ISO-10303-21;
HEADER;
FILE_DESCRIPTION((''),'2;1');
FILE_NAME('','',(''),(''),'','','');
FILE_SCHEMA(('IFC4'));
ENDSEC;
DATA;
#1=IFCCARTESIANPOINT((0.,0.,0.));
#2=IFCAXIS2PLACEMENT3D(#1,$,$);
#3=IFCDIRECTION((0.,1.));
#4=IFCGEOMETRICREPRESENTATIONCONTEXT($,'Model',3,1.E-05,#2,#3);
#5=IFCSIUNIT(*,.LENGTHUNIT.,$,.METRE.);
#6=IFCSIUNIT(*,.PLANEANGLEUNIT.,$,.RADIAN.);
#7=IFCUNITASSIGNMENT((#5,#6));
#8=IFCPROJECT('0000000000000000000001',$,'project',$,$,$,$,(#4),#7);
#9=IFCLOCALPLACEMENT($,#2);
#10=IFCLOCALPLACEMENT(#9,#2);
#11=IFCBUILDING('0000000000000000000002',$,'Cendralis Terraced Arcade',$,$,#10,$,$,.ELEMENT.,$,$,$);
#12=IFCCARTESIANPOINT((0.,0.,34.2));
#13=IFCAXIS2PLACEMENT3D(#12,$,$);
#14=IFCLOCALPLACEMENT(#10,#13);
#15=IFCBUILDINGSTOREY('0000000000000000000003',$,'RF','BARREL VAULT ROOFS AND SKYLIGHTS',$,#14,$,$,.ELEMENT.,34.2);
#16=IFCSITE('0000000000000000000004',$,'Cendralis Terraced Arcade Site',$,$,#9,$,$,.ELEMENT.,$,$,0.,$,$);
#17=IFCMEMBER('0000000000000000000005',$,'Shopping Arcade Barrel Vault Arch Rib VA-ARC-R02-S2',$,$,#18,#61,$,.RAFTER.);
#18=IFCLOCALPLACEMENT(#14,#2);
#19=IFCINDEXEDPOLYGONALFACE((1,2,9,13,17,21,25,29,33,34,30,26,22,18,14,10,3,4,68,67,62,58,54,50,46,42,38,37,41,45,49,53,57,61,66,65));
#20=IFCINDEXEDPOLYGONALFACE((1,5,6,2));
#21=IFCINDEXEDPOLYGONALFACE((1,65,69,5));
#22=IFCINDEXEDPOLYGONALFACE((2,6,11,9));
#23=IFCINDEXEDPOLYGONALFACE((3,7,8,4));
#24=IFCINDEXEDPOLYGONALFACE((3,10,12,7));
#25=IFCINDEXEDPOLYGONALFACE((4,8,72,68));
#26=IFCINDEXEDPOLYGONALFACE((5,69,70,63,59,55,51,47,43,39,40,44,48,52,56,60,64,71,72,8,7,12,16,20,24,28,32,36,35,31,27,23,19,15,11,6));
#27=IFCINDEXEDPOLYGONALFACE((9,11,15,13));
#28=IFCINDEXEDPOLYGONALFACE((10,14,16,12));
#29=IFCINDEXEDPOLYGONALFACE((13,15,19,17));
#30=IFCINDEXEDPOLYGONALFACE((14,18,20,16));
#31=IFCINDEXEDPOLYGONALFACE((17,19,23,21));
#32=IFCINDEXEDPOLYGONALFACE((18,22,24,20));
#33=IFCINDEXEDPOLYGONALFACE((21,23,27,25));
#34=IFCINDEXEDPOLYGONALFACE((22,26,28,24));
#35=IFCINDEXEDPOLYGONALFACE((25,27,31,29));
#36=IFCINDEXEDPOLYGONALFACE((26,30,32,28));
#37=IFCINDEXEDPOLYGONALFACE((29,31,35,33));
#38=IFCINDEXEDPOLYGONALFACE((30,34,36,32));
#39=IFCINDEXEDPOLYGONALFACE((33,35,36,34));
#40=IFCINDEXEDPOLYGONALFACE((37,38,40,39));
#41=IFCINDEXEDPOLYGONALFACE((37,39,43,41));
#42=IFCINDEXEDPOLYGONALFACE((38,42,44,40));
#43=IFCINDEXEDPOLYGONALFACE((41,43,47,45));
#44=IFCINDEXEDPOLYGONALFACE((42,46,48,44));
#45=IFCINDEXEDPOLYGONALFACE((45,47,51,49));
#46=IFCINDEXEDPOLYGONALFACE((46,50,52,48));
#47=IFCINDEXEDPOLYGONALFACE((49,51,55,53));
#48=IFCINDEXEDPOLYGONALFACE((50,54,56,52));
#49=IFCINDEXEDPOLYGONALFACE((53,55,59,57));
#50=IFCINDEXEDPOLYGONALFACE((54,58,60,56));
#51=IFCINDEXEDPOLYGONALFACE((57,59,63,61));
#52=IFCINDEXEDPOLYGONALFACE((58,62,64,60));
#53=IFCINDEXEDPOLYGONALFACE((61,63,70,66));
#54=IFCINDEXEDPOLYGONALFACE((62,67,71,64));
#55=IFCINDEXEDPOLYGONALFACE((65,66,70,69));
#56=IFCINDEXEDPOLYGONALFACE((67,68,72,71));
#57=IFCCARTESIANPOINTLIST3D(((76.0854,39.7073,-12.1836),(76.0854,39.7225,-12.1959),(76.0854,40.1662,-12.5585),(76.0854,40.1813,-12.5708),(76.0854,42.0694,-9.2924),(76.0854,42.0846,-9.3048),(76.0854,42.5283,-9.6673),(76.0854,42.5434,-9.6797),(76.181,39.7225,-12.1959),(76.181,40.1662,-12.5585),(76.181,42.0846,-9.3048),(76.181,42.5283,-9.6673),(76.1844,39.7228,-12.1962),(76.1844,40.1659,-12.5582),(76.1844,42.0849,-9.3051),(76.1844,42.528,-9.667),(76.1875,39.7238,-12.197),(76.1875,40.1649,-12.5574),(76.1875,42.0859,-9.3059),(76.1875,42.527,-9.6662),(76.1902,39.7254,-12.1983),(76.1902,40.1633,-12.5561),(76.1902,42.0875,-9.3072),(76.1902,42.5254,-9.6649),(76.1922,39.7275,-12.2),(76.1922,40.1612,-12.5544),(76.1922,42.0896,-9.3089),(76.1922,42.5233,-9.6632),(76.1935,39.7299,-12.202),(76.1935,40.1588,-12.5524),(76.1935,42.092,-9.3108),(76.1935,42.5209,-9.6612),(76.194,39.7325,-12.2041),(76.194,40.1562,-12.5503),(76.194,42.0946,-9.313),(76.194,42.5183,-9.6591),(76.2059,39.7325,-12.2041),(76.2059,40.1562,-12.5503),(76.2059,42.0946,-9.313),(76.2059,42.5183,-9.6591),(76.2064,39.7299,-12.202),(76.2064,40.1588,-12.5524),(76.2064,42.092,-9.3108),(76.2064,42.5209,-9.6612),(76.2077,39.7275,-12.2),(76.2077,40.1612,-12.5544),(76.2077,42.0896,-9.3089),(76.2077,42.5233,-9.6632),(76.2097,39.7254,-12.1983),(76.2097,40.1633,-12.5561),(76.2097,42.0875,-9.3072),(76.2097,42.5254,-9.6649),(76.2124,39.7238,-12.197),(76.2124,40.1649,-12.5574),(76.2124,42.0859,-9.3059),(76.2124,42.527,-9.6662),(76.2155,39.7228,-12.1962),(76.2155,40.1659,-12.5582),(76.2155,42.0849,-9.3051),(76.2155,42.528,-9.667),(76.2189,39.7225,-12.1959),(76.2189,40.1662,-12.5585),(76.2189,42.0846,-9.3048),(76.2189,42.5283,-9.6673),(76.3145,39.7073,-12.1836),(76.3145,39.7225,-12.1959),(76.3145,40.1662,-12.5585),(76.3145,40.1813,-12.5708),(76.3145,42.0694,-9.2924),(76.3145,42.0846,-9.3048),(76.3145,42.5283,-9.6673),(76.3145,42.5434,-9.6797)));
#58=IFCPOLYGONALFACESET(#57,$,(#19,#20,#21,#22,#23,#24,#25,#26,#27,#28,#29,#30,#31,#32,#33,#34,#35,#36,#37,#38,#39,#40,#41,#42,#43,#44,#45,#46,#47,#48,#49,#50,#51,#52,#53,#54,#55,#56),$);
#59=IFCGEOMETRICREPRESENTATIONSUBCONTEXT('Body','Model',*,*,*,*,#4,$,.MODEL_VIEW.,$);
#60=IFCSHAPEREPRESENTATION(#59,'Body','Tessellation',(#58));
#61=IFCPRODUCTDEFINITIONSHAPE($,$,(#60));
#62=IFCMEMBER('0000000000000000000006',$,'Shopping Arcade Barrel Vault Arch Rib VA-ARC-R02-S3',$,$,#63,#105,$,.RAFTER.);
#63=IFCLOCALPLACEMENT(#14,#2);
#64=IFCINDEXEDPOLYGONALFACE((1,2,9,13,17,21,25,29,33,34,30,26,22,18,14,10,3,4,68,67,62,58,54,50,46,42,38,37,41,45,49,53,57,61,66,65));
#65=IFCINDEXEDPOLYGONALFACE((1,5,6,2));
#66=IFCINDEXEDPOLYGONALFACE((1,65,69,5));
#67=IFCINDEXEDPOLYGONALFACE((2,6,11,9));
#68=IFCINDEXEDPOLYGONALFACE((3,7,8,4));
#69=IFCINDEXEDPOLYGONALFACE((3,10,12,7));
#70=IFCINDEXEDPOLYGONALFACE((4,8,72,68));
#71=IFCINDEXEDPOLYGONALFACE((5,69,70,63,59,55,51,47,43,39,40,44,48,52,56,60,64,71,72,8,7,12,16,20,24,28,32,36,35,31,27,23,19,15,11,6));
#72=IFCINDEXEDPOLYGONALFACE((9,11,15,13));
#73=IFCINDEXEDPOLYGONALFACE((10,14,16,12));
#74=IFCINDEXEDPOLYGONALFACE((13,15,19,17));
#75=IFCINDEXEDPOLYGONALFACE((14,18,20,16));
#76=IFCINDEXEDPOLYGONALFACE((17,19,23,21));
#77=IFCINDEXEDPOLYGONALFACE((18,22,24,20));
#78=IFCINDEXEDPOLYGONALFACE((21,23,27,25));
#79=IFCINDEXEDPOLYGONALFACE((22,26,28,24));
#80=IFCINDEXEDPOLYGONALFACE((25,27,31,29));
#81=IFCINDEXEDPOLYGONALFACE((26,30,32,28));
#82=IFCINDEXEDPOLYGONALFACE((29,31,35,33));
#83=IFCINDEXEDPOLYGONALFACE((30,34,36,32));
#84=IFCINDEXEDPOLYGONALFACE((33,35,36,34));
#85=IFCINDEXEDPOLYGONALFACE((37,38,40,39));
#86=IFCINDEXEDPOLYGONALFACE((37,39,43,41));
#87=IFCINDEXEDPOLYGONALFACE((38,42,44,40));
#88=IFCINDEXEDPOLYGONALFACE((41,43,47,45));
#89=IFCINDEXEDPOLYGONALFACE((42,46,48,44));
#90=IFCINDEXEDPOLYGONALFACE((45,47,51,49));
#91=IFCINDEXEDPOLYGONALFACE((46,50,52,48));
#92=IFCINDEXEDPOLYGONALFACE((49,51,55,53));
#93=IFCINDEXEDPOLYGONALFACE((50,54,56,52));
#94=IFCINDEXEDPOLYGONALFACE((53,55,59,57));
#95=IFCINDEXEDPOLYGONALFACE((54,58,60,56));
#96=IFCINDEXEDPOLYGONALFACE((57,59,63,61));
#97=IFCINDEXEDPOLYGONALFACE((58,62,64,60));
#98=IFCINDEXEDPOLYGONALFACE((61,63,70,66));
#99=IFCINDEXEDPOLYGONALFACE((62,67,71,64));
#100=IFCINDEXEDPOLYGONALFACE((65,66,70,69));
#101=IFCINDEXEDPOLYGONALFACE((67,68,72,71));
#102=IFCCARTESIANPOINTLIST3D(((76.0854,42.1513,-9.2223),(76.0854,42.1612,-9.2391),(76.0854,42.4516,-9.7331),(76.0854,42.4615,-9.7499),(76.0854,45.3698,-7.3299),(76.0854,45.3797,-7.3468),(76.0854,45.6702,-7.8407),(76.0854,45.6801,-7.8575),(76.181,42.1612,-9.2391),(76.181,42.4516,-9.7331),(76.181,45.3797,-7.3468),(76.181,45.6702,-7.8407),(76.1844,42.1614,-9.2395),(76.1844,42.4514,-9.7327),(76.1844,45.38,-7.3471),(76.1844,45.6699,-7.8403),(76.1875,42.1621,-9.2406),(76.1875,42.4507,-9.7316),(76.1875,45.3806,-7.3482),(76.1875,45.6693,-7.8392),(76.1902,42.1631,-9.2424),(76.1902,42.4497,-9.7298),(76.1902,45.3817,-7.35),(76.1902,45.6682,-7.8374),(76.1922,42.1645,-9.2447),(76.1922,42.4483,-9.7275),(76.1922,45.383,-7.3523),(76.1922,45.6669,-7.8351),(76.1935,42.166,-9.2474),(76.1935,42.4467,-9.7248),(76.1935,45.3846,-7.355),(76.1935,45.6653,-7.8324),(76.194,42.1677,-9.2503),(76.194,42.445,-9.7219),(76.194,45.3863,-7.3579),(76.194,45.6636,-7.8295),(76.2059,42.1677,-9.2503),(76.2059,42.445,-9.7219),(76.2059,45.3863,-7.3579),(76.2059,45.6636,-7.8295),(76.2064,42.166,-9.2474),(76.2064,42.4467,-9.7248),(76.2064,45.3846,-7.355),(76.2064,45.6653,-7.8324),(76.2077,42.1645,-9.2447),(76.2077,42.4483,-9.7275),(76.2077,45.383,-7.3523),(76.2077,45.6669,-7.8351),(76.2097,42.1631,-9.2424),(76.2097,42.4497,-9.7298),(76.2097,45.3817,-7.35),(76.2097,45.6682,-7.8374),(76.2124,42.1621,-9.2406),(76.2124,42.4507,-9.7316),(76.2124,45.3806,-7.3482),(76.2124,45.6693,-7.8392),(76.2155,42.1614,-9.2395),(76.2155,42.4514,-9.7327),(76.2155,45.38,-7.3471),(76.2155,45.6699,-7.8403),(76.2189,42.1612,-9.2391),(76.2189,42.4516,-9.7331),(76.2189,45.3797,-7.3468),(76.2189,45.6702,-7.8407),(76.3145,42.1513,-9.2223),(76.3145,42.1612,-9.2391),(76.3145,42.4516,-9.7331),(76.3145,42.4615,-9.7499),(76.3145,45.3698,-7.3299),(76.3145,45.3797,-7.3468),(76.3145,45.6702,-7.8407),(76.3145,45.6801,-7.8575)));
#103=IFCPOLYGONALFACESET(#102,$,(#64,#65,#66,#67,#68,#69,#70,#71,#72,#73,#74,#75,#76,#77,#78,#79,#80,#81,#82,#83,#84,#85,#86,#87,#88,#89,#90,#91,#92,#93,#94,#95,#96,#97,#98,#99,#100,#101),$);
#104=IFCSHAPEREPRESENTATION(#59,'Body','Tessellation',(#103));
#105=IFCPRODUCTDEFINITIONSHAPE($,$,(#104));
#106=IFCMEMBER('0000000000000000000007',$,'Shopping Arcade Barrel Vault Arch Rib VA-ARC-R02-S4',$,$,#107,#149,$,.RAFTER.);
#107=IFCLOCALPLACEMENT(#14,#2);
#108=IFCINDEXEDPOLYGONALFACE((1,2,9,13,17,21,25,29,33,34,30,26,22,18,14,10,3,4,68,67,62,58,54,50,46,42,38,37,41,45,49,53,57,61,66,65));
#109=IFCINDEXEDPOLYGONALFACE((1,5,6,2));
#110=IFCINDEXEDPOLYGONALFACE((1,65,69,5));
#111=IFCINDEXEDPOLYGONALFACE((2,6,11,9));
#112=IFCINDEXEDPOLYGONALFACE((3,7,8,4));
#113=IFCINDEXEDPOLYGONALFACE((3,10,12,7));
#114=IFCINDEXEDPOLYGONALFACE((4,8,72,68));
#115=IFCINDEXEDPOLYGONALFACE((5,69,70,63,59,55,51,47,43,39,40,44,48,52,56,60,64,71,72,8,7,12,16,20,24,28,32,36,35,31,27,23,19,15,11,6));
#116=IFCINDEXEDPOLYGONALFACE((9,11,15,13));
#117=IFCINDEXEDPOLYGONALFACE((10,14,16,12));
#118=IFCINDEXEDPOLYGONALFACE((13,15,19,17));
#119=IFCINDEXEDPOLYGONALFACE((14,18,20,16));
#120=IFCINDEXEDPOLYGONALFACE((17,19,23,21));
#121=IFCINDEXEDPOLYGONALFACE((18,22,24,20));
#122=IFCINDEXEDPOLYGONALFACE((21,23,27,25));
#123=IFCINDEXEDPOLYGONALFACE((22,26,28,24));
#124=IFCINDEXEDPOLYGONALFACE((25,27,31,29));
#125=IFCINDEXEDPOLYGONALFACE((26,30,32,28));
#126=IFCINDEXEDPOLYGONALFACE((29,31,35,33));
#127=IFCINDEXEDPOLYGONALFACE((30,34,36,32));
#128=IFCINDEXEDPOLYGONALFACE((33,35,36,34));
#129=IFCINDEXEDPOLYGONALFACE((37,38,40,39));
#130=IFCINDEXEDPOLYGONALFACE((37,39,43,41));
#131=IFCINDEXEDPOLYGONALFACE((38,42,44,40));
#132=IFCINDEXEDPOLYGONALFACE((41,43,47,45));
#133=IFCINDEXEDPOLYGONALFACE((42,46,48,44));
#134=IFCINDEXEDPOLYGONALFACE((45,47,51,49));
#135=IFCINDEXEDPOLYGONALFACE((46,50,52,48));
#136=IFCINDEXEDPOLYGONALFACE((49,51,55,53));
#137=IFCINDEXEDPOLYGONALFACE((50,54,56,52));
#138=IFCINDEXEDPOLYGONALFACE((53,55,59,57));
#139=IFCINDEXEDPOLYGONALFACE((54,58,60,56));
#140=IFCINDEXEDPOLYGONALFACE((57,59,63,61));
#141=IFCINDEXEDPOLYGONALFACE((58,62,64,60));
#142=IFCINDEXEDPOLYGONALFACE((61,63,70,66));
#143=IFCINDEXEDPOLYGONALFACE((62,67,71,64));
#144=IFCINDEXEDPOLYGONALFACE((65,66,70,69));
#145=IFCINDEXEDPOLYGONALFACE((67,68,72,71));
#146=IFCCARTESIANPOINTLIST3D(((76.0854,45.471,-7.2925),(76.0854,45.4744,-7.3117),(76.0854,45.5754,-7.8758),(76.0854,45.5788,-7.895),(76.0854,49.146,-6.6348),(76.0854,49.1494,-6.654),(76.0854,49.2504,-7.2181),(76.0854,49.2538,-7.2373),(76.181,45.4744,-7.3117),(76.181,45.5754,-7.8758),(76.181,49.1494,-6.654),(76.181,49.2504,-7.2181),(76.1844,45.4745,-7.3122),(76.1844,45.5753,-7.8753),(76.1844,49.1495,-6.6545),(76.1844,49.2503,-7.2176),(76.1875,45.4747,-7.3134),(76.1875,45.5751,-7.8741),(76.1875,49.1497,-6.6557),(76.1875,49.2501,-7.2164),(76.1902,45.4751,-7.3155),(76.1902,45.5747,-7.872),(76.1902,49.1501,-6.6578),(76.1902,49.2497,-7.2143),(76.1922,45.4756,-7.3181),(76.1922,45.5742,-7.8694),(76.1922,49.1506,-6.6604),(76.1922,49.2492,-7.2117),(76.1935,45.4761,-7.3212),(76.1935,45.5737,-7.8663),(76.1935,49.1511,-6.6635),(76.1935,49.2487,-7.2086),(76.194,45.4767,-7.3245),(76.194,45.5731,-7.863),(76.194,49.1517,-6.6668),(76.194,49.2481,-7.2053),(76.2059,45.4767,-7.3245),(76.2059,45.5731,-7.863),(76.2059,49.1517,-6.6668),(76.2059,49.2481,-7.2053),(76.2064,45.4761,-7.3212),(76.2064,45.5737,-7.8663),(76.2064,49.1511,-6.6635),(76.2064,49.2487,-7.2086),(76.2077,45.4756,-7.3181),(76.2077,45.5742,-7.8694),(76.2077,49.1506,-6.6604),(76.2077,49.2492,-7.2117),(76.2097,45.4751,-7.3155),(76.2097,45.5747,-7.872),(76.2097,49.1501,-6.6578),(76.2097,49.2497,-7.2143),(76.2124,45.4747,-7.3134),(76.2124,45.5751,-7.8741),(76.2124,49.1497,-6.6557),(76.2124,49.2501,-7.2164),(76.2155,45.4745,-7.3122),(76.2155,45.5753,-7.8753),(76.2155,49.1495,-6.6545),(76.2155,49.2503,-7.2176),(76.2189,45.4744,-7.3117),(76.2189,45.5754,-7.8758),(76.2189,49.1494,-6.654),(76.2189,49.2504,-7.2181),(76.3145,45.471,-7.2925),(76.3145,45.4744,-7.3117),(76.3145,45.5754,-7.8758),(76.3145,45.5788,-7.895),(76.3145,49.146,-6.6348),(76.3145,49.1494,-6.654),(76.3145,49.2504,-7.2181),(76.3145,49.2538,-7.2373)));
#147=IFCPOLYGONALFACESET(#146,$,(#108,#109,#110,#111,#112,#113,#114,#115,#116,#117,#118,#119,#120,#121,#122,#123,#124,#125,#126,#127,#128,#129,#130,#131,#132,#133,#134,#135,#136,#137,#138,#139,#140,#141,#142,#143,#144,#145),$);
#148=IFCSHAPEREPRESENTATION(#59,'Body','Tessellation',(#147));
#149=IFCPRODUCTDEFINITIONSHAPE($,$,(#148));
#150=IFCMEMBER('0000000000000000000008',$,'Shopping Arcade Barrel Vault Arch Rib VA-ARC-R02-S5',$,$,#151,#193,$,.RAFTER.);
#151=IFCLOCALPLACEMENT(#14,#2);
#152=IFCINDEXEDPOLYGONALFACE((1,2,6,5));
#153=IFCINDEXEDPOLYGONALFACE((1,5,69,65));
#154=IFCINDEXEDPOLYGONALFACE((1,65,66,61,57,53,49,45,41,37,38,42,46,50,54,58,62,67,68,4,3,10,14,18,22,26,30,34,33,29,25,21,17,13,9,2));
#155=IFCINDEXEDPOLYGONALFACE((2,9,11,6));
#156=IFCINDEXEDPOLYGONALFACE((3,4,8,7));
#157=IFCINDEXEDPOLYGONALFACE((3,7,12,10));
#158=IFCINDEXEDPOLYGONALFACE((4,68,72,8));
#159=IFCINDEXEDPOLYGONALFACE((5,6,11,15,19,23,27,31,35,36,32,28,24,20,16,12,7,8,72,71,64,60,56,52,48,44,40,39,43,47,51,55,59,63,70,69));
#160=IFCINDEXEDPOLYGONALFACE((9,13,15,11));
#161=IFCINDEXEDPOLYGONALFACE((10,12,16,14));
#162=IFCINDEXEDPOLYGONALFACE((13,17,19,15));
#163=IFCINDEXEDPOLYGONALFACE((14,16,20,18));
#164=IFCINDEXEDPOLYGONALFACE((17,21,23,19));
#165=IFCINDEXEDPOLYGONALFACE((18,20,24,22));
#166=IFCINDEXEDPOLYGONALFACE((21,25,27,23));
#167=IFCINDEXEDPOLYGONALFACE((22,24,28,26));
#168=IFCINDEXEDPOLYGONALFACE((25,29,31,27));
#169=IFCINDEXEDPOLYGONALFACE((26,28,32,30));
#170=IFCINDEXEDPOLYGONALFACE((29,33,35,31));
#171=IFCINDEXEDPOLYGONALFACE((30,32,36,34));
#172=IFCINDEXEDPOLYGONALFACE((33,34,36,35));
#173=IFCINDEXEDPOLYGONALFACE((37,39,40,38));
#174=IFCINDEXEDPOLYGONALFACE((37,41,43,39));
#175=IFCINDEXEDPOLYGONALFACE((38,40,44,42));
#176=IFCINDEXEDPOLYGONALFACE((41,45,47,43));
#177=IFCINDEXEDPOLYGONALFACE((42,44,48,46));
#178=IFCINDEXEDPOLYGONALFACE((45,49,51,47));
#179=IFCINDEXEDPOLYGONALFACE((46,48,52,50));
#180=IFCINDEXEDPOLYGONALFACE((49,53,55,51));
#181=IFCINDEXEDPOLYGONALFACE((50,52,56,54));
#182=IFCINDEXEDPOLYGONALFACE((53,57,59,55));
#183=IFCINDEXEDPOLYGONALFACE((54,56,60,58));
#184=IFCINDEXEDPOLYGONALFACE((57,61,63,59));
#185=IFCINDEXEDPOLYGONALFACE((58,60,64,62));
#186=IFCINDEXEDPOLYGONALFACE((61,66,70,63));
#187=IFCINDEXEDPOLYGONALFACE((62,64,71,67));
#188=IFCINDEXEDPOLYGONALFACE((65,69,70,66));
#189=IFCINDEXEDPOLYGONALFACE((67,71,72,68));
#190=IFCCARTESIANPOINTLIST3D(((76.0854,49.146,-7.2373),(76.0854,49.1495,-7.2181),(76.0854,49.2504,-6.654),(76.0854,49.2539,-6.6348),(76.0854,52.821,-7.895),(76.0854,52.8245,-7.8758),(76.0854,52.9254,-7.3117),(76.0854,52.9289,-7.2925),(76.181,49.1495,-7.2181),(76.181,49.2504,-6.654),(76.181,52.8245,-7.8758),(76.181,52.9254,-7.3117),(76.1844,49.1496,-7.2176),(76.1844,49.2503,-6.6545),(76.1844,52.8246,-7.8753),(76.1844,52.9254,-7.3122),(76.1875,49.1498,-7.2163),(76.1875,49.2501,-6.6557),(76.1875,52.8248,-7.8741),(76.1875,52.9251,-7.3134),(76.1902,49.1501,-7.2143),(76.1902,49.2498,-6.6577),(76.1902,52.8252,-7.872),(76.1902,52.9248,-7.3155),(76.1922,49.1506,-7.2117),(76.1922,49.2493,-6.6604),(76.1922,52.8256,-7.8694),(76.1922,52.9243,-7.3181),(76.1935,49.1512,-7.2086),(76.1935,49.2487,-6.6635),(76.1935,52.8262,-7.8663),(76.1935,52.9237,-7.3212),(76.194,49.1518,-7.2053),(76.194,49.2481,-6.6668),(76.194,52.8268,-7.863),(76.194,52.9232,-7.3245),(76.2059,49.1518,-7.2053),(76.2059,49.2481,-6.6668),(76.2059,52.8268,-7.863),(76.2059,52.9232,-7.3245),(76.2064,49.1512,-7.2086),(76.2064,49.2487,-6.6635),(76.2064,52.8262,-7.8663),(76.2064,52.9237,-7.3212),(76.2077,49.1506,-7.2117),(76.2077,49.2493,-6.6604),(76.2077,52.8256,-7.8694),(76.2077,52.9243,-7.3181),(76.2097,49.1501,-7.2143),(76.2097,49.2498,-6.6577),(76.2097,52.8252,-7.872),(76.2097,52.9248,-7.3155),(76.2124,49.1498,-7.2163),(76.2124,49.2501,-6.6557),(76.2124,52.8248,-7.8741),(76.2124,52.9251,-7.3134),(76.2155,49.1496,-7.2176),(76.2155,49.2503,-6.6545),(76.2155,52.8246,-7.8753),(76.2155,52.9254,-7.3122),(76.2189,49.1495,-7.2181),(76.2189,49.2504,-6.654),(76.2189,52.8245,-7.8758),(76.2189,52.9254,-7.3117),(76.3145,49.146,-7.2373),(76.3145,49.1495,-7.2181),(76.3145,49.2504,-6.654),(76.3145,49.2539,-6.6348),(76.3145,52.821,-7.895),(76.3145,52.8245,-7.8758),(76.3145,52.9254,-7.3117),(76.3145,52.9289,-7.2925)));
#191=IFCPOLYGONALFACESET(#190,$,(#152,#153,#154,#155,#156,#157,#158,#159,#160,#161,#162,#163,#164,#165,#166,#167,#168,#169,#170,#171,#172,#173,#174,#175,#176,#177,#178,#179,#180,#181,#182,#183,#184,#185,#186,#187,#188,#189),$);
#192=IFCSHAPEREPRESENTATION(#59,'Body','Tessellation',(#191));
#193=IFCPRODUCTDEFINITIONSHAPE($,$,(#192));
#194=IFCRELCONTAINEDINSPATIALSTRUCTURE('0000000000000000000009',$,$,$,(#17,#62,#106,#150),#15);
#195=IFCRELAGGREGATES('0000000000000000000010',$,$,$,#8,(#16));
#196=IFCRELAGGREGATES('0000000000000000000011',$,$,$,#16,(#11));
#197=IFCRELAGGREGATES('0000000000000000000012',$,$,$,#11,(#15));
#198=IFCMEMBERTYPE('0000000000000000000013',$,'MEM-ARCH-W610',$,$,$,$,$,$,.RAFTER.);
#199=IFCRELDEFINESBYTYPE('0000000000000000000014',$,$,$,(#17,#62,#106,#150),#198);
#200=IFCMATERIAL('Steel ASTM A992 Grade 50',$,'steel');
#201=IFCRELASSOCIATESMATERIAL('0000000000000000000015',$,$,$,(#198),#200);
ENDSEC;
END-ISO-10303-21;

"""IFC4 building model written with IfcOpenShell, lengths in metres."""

from ifc_helpers import new_model, si_unit, direction, frame, origin, origin_2d, place, context, subcontext, project, spatial, i_section, extrude, material, material_profile, profile_set, type_object, element, save


model = new_model("IFC4")

# Units and contexts
model_context = context("Model", 3, precision=1e-05, world=origin(), true_north=direction((0.0, 1.0)))
body_context = subcontext(model_context, "Body", "Model", "MODEL_VIEW")
ifc_project = project(units=[si_unit("LENGTHUNIT", "METRE"), si_unit("PLANEANGLEUNIT", "RADIAN")], contexts=[model_context])

# Site, building, storey
site_placement = place(None, origin())
site = spatial("IfcSite", under=ifc_project, at=site_placement, Name="Cendralis Terraced Arcade Site", CompositionType="ELEMENT", RefElevation=0.0)
building_placement = place(site_placement, origin())
building = spatial("IfcBuilding", under=site, at=building_placement, Name="Cendralis Terraced Arcade", CompositionType="ELEMENT")
storey_placement = place(building_placement, frame((0.0, 0.0, 34.2)))
storey = spatial("IfcBuildingStorey", under=building, at=storey_placement, Name="RF", Description="BARREL VAULT ROOFS AND SKYLIGHTS", CompositionType="ELEMENT", Elevation=34.2)

# Members
ifc_material_1 = material(Name="Steel ASTM A992 Grade 50", Category="steel")
ifc_material_profile_1 = material_profile(ifc_material_1, i_section(OverallWidth=0.229, OverallDepth=0.6121, WebThickness=0.012, FlangeThickness=0.0195, FilletRadius=0.0129, at=origin_2d()), Name="W610X125", Category="LoadBearing")
ifc_profile_set_1 = profile_set([ifc_material_profile_1], Name="Steel ASTM A992 Grade 50")
member_type_1 = type_object("IfcMemberType", Name="MEM-ARCH-W610", PredefinedType="RAFTER", material=ifc_profile_set_1)
member_1_placement = place(storey_placement, frame((76.2, 39.9443, -12.3772), z_axis=(0.0, 0.632693, 0.774403), x_axis=(-1.0, 0.0, 0.0)))
element("IfcMember", 1, at=member_1_placement, inside=storey, type_object=member_type_1, Name="Shopping Arcade Barrel Vault Arch Rib VA-ARC-R02-S2", PredefinedType="RAFTER", context=body_context, shape_type="SweptSolid", body=[
    extrude(i_section(OverallWidth=0.229, OverallDepth=0.6121, WebThickness=0.012, FlangeThickness=0.0195, FilletRadius=0.0129, at=origin_2d()), origin(), (0.0, 0.0, 1.0), 3.7334),
])
member_2_placement = place(storey_placement, frame((76.2, 42.3064, -9.4861), z_axis=(0.0, 0.86204, 0.50684), x_axis=(-1.0, 0.0, 0.0)))
element("IfcMember", 2, at=member_2_placement, inside=storey, type_object=member_type_1, Name="Shopping Arcade Barrel Vault Arch Rib VA-ARC-R02-S3", PredefinedType="RAFTER", context=body_context, shape_type="SweptSolid", body=[
    extrude(i_section(OverallWidth=0.229, OverallDepth=0.6121, WebThickness=0.012, FlangeThickness=0.0195, FilletRadius=0.0129, at=origin_2d()), origin(), (0.0, 0.0, 1.0), 3.7336),
])
for number, where, z_axis, x_axis, name in (
    (3, (76.2, 45.5249, -7.5938), (0.0, 0.98436, 0.176169), (-1.0, 0.0, 0.0), "Shopping Arcade Barrel Vault Arch Rib VA-ARC-R02-S4"),
    (4, (76.2, 49.2, -6.936), (0.0, 0.98436, -0.176169), (-1.0, 0.0, 0.0), "Shopping Arcade Barrel Vault Arch Rib VA-ARC-R02-S5"),
):
    element("IfcMember", number, at=place(storey_placement, frame(where, z_axis=z_axis, x_axis=x_axis)), inside=storey, type_object=member_type_1, Name=name, PredefinedType="RAFTER", context=body_context, shape_type="SweptSolid", body=[
        extrude(i_section(OverallWidth=0.229, OverallDepth=0.6121, WebThickness=0.012, FlangeThickness=0.0195, FilletRadius=0.0129, at=origin_2d()), origin(), (0.0, 0.0, 1.0), 3.7334),
    ])

save(model, "model.ifc")
